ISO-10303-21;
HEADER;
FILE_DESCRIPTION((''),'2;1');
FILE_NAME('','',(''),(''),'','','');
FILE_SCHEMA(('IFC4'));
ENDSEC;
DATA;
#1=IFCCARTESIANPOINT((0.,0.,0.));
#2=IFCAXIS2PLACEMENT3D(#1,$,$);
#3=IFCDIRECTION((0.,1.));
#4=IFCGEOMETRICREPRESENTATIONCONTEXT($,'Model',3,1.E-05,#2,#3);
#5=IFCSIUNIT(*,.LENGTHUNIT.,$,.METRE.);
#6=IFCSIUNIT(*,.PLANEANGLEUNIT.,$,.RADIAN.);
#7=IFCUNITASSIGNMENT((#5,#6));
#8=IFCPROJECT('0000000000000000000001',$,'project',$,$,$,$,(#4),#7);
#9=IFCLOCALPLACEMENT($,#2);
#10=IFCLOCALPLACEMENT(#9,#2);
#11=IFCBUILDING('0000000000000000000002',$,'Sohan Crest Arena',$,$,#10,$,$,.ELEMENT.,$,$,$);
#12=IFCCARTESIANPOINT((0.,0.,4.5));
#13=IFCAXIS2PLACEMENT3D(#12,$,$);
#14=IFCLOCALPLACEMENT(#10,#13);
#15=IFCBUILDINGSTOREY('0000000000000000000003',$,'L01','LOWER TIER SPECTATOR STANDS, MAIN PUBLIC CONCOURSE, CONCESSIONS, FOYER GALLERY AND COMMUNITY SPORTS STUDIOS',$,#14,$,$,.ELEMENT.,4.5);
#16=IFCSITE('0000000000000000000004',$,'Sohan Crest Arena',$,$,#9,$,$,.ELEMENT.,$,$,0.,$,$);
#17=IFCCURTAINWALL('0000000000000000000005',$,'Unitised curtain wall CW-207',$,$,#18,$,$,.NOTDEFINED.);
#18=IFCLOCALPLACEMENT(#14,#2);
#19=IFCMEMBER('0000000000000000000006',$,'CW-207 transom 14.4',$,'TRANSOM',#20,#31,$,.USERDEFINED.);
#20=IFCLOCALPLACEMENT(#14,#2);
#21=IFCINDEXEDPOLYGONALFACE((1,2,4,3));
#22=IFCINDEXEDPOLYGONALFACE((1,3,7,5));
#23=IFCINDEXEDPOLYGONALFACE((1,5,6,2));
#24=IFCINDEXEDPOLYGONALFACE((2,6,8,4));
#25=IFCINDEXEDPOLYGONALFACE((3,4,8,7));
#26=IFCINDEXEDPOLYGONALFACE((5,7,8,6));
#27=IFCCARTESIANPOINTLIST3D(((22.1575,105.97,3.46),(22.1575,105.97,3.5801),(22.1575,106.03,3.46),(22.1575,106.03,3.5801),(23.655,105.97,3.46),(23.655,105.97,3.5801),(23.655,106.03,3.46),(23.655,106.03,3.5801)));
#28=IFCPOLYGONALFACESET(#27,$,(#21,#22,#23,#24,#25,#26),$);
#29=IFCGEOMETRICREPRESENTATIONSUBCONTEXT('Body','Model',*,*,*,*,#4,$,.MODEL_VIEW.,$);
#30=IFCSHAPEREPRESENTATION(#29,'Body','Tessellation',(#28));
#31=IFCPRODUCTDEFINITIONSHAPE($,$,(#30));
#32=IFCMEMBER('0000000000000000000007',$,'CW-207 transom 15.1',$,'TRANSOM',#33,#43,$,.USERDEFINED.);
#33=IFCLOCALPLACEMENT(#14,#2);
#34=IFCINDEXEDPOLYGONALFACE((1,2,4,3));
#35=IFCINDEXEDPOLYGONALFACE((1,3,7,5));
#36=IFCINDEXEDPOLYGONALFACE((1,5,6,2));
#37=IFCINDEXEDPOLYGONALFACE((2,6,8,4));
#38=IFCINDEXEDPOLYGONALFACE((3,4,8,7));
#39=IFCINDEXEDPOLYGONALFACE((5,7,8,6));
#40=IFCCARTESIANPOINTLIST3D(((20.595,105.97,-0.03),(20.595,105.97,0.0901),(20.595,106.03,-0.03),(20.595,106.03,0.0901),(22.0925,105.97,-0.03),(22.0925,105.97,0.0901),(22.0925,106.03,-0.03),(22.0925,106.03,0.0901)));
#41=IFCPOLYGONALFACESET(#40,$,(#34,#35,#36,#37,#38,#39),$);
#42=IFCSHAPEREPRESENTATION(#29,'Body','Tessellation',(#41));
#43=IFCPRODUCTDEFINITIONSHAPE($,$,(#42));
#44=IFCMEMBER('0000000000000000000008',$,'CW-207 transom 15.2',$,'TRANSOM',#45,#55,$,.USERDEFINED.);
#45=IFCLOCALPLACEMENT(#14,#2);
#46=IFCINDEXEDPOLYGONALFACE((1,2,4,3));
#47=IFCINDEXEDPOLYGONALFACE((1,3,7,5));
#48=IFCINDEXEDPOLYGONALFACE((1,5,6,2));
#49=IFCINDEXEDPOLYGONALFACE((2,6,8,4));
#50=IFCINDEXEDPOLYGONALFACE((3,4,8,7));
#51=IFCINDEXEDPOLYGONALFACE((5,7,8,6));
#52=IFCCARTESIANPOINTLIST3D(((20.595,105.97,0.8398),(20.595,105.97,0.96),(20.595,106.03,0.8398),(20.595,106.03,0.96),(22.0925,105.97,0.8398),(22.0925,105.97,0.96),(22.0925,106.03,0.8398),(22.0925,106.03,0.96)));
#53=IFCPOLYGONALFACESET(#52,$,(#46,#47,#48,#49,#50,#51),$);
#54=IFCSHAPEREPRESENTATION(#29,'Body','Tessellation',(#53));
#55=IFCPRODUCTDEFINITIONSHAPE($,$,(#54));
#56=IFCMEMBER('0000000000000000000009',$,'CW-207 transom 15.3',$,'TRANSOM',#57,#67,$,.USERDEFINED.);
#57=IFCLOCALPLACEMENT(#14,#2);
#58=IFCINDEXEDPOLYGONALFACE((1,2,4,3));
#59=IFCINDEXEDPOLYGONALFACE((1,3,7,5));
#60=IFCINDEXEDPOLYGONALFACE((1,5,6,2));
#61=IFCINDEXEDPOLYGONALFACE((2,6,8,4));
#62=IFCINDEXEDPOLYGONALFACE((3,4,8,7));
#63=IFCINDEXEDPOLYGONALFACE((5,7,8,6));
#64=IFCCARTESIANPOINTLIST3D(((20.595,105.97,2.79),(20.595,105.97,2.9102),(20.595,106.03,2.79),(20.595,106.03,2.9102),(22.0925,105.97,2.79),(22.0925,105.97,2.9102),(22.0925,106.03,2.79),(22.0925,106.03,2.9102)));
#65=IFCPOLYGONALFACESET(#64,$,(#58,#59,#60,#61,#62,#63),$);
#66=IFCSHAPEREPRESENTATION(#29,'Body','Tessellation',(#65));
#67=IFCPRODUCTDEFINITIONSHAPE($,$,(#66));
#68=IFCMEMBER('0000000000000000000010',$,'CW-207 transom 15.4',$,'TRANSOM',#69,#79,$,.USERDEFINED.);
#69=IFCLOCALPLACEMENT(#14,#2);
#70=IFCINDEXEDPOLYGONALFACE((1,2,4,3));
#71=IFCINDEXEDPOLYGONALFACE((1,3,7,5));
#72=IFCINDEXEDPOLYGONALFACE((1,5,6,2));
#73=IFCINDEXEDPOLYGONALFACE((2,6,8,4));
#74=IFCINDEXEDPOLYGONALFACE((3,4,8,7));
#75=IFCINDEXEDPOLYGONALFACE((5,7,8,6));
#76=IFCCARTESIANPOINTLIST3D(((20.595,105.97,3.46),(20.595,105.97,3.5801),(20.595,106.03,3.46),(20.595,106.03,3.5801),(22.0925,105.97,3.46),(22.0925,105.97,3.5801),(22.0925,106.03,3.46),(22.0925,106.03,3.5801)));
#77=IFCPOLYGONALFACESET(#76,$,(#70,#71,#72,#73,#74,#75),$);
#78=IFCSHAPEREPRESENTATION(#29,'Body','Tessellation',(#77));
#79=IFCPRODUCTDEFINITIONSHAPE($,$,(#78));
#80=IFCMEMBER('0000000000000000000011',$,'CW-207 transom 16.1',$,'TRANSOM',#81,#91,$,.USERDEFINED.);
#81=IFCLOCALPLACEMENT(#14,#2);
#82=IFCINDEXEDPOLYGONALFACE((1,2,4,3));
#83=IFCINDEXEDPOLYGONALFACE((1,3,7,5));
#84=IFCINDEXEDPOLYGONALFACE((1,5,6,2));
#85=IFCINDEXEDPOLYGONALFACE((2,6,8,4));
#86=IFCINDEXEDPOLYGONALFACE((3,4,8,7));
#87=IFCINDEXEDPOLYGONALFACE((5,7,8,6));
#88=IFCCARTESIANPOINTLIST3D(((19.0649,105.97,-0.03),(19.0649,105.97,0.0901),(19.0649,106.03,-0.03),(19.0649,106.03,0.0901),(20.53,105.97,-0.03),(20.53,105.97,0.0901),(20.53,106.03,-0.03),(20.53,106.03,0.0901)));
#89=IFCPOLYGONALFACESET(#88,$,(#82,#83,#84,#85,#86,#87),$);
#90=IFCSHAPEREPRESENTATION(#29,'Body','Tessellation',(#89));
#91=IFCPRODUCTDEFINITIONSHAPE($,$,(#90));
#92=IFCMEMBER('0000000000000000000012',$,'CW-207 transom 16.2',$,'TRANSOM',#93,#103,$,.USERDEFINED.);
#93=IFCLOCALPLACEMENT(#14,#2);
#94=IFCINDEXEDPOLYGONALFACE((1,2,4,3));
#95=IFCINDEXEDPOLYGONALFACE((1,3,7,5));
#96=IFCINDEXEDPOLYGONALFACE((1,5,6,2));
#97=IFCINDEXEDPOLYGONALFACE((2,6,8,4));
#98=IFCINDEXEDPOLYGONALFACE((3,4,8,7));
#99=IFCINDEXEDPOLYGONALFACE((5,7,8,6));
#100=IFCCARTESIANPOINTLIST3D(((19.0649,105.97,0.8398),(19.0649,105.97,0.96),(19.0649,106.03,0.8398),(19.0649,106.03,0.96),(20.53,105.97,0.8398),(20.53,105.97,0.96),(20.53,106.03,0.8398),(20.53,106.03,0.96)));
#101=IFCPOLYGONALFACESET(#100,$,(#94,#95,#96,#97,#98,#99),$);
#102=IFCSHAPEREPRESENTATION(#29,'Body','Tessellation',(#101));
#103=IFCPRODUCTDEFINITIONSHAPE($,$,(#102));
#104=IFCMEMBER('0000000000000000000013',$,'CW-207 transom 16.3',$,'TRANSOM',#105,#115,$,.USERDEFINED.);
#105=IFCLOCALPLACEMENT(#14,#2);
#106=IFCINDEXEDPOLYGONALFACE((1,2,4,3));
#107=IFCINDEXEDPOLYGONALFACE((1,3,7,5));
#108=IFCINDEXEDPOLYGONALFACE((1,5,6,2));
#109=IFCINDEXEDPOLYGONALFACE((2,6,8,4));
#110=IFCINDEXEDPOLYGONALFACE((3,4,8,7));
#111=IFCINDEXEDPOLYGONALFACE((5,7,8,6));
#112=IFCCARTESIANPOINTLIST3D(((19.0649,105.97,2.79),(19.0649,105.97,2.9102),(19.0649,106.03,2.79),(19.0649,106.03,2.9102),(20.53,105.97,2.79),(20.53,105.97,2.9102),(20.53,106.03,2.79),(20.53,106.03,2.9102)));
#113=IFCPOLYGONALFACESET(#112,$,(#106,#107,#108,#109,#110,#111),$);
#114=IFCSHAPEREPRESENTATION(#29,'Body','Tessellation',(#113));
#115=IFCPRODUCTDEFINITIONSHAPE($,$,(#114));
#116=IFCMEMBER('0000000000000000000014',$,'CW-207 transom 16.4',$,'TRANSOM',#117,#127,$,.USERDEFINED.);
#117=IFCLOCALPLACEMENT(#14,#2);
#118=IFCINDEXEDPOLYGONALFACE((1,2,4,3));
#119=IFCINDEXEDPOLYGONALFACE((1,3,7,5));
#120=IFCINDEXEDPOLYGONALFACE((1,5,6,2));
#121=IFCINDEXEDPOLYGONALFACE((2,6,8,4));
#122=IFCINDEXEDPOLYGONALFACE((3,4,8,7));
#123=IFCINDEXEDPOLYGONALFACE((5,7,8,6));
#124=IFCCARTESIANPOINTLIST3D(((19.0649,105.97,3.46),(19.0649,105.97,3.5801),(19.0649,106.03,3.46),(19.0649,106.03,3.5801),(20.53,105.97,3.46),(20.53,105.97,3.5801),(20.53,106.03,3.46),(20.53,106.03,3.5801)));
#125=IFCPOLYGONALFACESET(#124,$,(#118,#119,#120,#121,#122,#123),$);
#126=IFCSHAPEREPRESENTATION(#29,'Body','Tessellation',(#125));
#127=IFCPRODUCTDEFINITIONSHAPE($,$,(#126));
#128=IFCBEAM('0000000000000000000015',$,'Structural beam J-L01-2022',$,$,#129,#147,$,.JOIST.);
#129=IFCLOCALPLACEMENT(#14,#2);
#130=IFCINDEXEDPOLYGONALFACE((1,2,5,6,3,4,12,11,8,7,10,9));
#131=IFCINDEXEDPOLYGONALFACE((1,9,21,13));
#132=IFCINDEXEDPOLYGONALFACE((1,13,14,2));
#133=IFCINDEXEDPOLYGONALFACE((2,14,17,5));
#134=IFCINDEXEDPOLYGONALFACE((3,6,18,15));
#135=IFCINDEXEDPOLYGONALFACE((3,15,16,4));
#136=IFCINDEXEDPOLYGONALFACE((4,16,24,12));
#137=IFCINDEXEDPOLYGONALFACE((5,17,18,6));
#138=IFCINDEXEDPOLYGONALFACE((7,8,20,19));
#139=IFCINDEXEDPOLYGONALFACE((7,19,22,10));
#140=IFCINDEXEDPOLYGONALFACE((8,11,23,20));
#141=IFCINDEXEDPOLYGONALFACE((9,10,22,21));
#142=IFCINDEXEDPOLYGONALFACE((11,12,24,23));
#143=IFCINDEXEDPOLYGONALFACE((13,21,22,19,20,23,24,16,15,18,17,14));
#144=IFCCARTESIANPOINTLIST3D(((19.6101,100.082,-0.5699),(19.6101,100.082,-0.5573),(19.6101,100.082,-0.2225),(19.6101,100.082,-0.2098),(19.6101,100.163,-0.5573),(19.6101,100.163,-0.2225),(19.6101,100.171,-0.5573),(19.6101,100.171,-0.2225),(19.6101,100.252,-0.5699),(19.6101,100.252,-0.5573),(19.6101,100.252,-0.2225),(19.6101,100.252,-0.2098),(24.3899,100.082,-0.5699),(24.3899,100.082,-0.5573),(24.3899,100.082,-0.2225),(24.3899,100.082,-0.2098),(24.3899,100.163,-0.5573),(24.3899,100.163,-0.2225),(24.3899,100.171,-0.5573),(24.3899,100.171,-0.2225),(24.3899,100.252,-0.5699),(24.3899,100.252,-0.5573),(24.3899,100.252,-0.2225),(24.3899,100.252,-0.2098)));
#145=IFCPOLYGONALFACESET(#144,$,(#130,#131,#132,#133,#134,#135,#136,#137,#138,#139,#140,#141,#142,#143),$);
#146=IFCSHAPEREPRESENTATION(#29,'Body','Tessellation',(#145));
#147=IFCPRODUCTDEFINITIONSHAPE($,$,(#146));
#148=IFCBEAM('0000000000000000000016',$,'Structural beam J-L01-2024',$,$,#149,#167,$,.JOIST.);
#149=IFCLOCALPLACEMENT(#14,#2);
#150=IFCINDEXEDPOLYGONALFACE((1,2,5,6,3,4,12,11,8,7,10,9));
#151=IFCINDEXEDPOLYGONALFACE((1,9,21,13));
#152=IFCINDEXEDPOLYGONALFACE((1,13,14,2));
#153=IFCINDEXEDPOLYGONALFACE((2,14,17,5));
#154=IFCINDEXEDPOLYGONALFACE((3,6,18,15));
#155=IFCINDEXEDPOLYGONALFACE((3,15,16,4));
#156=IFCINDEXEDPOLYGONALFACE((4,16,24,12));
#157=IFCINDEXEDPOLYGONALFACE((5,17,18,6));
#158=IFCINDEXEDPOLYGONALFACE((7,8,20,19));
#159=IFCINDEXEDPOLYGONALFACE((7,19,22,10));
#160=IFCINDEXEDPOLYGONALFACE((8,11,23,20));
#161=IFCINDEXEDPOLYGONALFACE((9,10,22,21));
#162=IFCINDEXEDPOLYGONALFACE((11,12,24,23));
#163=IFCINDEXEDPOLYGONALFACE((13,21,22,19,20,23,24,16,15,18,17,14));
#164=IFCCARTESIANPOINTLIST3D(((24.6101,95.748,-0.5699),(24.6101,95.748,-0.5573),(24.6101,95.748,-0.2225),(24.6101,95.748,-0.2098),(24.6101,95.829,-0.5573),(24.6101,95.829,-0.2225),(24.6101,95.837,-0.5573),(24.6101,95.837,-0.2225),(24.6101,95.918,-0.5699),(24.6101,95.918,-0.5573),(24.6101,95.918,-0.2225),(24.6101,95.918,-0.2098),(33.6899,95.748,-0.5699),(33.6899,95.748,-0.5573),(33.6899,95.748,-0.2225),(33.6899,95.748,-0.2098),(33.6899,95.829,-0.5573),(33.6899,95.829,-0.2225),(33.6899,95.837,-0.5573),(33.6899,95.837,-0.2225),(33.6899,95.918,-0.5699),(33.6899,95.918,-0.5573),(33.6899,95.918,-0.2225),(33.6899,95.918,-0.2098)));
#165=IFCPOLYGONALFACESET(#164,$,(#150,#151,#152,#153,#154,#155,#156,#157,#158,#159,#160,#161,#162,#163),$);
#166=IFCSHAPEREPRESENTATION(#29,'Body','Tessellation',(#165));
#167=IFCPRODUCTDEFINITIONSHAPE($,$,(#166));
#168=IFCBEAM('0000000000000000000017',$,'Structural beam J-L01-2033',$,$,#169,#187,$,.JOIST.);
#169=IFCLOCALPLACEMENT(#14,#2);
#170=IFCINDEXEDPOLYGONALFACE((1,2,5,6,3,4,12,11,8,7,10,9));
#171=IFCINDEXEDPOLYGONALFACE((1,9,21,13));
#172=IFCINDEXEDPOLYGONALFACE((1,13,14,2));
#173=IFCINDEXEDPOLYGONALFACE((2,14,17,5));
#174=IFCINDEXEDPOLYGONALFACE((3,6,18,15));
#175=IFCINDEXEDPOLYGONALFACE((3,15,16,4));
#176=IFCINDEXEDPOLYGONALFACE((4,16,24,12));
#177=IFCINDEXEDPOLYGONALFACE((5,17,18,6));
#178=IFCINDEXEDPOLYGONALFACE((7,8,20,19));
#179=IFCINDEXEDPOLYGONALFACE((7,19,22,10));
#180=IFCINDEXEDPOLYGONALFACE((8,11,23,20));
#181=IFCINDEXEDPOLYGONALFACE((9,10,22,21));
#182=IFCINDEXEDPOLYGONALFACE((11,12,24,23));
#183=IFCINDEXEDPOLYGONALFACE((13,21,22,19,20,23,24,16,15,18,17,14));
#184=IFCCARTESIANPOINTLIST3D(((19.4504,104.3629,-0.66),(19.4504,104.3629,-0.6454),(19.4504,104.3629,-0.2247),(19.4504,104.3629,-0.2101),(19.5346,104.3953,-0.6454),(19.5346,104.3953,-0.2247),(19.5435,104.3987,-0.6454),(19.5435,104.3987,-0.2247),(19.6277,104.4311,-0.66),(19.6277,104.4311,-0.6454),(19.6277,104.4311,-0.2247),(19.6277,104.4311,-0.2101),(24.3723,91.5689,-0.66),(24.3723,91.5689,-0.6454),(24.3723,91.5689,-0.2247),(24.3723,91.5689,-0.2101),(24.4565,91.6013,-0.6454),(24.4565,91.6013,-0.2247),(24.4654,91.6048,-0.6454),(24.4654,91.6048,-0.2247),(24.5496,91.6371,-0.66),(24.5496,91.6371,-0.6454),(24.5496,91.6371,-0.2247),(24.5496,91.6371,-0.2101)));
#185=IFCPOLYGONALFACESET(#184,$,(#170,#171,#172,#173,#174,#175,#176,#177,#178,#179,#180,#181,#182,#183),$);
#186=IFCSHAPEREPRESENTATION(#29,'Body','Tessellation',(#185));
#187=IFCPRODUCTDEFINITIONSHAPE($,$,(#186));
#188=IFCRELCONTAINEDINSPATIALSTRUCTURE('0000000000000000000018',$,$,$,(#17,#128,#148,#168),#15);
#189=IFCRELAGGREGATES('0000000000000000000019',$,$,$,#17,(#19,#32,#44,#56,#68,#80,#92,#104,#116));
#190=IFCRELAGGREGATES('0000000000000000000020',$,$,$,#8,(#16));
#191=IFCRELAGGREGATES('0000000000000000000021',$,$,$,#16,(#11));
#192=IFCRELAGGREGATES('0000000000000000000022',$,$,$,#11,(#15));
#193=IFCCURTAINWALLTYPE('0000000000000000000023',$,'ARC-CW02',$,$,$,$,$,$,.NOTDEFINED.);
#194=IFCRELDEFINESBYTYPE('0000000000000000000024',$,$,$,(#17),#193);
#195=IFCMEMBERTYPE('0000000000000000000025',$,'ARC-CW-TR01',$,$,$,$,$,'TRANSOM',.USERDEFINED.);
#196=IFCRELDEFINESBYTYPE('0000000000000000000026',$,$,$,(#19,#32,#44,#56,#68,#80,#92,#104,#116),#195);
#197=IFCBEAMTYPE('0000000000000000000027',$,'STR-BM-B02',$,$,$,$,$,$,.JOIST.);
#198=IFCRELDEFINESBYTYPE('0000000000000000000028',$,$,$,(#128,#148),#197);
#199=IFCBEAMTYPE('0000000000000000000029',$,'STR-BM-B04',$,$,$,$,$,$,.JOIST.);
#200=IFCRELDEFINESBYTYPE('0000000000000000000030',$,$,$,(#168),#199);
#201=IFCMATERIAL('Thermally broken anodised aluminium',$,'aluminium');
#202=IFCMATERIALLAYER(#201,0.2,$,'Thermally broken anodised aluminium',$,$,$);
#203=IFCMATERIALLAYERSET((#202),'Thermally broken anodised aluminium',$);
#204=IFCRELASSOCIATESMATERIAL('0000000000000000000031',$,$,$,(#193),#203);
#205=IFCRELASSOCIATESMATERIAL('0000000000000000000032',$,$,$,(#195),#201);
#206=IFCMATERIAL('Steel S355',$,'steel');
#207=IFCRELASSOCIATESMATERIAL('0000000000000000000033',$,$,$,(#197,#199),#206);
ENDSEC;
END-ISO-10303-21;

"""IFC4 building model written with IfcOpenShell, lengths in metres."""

from ifc_helpers import new_model, si_unit, direction, frame, origin, origin_2d, place, context, subcontext, project, spatial, rectangle, i_section, extrude, material, layer, layer_set, material_profile, profile_set, type_object, element, aggregate, save


model = new_model("IFC4")

# Units and contexts
model_context = context("Model", 3, precision=1e-05, world=origin(), true_north=direction((0.0, 1.0)))
body_context = subcontext(model_context, "Body", "Model", "MODEL_VIEW")
ifc_project = project(units=[si_unit("LENGTHUNIT", "METRE"), si_unit("PLANEANGLEUNIT", "RADIAN")], contexts=[model_context])

# Site, building, storey
site_placement = place(None, origin())
site = spatial("IfcSite", under=ifc_project, at=site_placement, Name="Sohan Crest Arena", CompositionType="ELEMENT", RefElevation=0.0)
building_placement = place(site_placement, origin())
building = spatial("IfcBuilding", under=site, at=building_placement, Name="Sohan Crest Arena", CompositionType="ELEMENT")
storey_placement = place(building_placement, frame((0.0, 0.0, 4.5)))
storey = spatial("IfcBuildingStorey", under=building, at=storey_placement, Name="L01", Description="LOWER TIER SPECTATOR STANDS, MAIN PUBLIC CONCOURSE, CONCESSIONS, FOYER GALLERY AND COMMUNITY SPORTS STUDIOS", CompositionType="ELEMENT", Elevation=4.5)

# Curtain wall, members
ifc_material_1 = material(Name="Thermally broken anodised aluminium", Category="aluminium")
ifc_layer_1 = layer(ifc_material_1, 0.2, Name="Thermally broken anodised aluminium")
ifc_layer_set_1 = layer_set([ifc_layer_1], Name="Thermally broken anodised aluminium")
curtain_wall_type = type_object("IfcCurtainWallType", Name="ARC-CW02", PredefinedType="NOTDEFINED", material=ifc_layer_set_1)
curtain_wall_placement = place(storey_placement, origin())
curtain_wall = element("IfcCurtainWall", 1, at=curtain_wall_placement, inside=storey, type_object=curtain_wall_type, Name="Unitised curtain wall CW-207", PredefinedType="NOTDEFINED")
ifc_material_profile_1 = material_profile(ifc_material_1, rectangle(XDim=0.0601, YDim=0.1201, at=origin_2d()), Name="ALU-TRAN 60x120")
ifc_profile_set_1 = profile_set([ifc_material_profile_1], Name="Thermally broken anodised aluminium")
member_type_1 = type_object("IfcMemberType", Name="ARC-CW-TR01", ElementType="TRANSOM", PredefinedType="USERDEFINED", material=ifc_profile_set_1)
member_1_placement = place(storey_placement, frame((23.655, 106.0, 3.52), z_axis=(-1.0, 0.0, 0.0), x_axis=(0.0, -1.0, 0.0)))
member_1 = element("IfcMember", 2, at=member_1_placement, type_object=member_type_1, Name="CW-207 transom 14.4", ObjectType="TRANSOM", PredefinedType="USERDEFINED", context=body_context, shape_type="SweptSolid", body=[
    extrude(rectangle(XDim=0.0601, YDim=0.1201, at=origin_2d()), origin(), (0.0, 0.0, 1.0), 1.4976),
])
member_2_placement = place(storey_placement, frame((22.0925, 106.0, 0.03), z_axis=(-1.0, 0.0, 0.0), x_axis=(0.0, -1.0, 0.0)))
member_2 = element("IfcMember", 3, at=member_2_placement, type_object=member_type_1, Name="CW-207 transom 15.1", ObjectType="TRANSOM", PredefinedType="USERDEFINED", context=body_context, shape_type="SweptSolid", body=[
    extrude(rectangle(XDim=0.0601, YDim=0.1201, at=origin_2d()), origin(), (0.0, 0.0, 1.0), 1.4976),
])
member_3_placement = place(storey_placement, frame((22.0925, 106.0, 0.8999), z_axis=(-1.0, 0.0, 0.0), x_axis=(0.0, -1.0, 0.0)))
member_3 = element("IfcMember", 4, at=member_3_placement, type_object=member_type_1, Name="CW-207 transom 15.2", ObjectType="TRANSOM", PredefinedType="USERDEFINED", context=body_context, shape_type="SweptSolid", body=[
    extrude(rectangle(XDim=0.0601, YDim=0.1201, at=origin_2d()), origin(), (0.0, 0.0, 1.0), 1.4976),
])
member_4_placement = place(storey_placement, frame((22.0925, 106.0, 2.8501), z_axis=(-1.0, 0.0, 0.0), x_axis=(0.0, -1.0, 0.0)))
member_4 = element("IfcMember", 5, at=member_4_placement, type_object=member_type_1, Name="CW-207 transom 15.3", ObjectType="TRANSOM", PredefinedType="USERDEFINED", context=body_context, shape_type="SweptSolid", body=[
    extrude(rectangle(XDim=0.0601, YDim=0.1201, at=origin_2d()), origin(), (0.0, 0.0, 1.0), 1.4976),
])
member_5_placement = place(storey_placement, frame((22.0925, 106.0, 3.52), z_axis=(-1.0, 0.0, 0.0), x_axis=(0.0, -1.0, 0.0)))
member_5 = element("IfcMember", 6, at=member_5_placement, type_object=member_type_1, Name="CW-207 transom 15.4", ObjectType="TRANSOM", PredefinedType="USERDEFINED", context=body_context, shape_type="SweptSolid", body=[
    extrude(rectangle(XDim=0.0601, YDim=0.1201, at=origin_2d()), origin(), (0.0, 0.0, 1.0), 1.4976),
])
member_6_placement = place(storey_placement, frame((20.53, 106.0, 0.03), z_axis=(-1.0, 0.0, 0.0), x_axis=(0.0, -1.0, 0.0)))
member_6 = element("IfcMember", 7, at=member_6_placement, type_object=member_type_1, Name="CW-207 transom 16.1", ObjectType="TRANSOM", PredefinedType="USERDEFINED", context=body_context, shape_type="SweptSolid", body=[
    extrude(rectangle(XDim=0.0601, YDim=0.1201, at=origin_2d()), origin(), (0.0, 0.0, 1.0), 1.4651),
])
member_7_placement = place(storey_placement, frame((20.53, 106.0, 0.8999), z_axis=(-1.0, 0.0, 0.0), x_axis=(0.0, -1.0, 0.0)))
member_7 = element("IfcMember", 8, at=member_7_placement, type_object=member_type_1, Name="CW-207 transom 16.2", ObjectType="TRANSOM", PredefinedType="USERDEFINED", context=body_context, shape_type="SweptSolid", body=[
    extrude(rectangle(XDim=0.0601, YDim=0.1201, at=origin_2d()), origin(), (0.0, 0.0, 1.0), 1.4651),
])
member_8_placement = place(storey_placement, frame((20.53, 106.0, 2.8501), z_axis=(-1.0, 0.0, 0.0), x_axis=(0.0, -1.0, 0.0)))
member_8 = element("IfcMember", 9, at=member_8_placement, type_object=member_type_1, Name="CW-207 transom 16.3", ObjectType="TRANSOM", PredefinedType="USERDEFINED", context=body_context, shape_type="SweptSolid", body=[
    extrude(rectangle(XDim=0.0601, YDim=0.1201, at=origin_2d()), origin(), (0.0, 0.0, 1.0), 1.4651),
])
member_9_placement = place(storey_placement, frame((20.53, 106.0, 3.52), z_axis=(-1.0, 0.0, 0.0), x_axis=(0.0, -1.0, 0.0)))
member_9 = element("IfcMember", 10, at=member_9_placement, type_object=member_type_1, Name="CW-207 transom 16.4", ObjectType="TRANSOM", PredefinedType="USERDEFINED", context=body_context, shape_type="SweptSolid", body=[
    extrude(rectangle(XDim=0.0601, YDim=0.1201, at=origin_2d()), origin(), (0.0, 0.0, 1.0), 1.4651),
])

# Beams
ifc_material_2 = material(Name="Steel S355", Category="steel")
ifc_material_profile_2 = material_profile(ifc_material_2, i_section(OverallWidth=0.1699, OverallDepth=0.3601, WebThickness=0.0081, FlangeThickness=0.0127, at=origin_2d()), Name="IPE 360")
ifc_profile_set_2 = profile_set([ifc_material_profile_2], Name="Steel S355")
beam_type_1 = type_object("IfcBeamType", Name="STR-BM-B02", PredefinedType="JOIST", material=ifc_profile_set_2)
beam_1_placement = place(storey_placement, frame((19.6101, 100.167, -0.3899), z_axis=(1.0, 0.0, 0.0), x_axis=(0.0, 1.0, 0.0)))
element("IfcBeam", 11, at=beam_1_placement, inside=storey, type_object=beam_type_1, Name="Structural beam J-L01-2022", PredefinedType="JOIST", context=body_context, shape_type="SweptSolid", body=[
    extrude(i_section(OverallWidth=0.1699, OverallDepth=0.3601, WebThickness=0.0081, FlangeThickness=0.0127, at=origin_2d()), origin(), (0.0, 0.0, 1.0), 4.7798),
])
beam_2_placement = place(storey_placement, frame((24.6101, 95.833, -0.3899), z_axis=(1.0, 0.0, 0.0), x_axis=(0.0, 1.0, 0.0)))
element("IfcBeam", 12, at=beam_2_placement, inside=storey, type_object=beam_type_1, Name="Structural beam J-L01-2024", PredefinedType="JOIST", context=body_context, shape_type="SweptSolid", body=[
    extrude(i_section(OverallWidth=0.1699, OverallDepth=0.3601, WebThickness=0.0081, FlangeThickness=0.0127, at=origin_2d()), origin(), (0.0, 0.0, 1.0), 9.0798),
])
ifc_material_profile_3 = material_profile(ifc_material_2, i_section(OverallWidth=0.1899, OverallDepth=0.45, WebThickness=0.0095, FlangeThickness=0.0146, at=origin_2d()), Name="IPE 450")
ifc_profile_set_3 = profile_set([ifc_material_profile_3], Name="Steel S355")
beam_type_2 = type_object("IfcBeamType", Name="STR-BM-B04", PredefinedType="JOIST", material=ifc_profile_set_3)
beam_3_placement = place(storey_placement, frame((19.5391, 104.397, -0.4351), z_axis=(0.359051, -0.933318, 0.0), x_axis=(0.933318, 0.359051, 0.0)))
element("IfcBeam", 13, at=beam_3_placement, inside=storey, type_object=beam_type_2, Name="Structural beam J-L01-2033", PredefinedType="JOIST", context=body_context, shape_type="SweptSolid", body=[
    extrude(i_section(OverallWidth=0.1899, OverallDepth=0.45, WebThickness=0.0095, FlangeThickness=0.0146, at=origin_2d()), origin(), (0.0, 0.0, 1.0), 13.708),
])

aggregate(curtain_wall, [member_1, member_2, member_3, member_4, member_5, member_6, member_7, member_8, member_9])

save(model, "model.ifc")
